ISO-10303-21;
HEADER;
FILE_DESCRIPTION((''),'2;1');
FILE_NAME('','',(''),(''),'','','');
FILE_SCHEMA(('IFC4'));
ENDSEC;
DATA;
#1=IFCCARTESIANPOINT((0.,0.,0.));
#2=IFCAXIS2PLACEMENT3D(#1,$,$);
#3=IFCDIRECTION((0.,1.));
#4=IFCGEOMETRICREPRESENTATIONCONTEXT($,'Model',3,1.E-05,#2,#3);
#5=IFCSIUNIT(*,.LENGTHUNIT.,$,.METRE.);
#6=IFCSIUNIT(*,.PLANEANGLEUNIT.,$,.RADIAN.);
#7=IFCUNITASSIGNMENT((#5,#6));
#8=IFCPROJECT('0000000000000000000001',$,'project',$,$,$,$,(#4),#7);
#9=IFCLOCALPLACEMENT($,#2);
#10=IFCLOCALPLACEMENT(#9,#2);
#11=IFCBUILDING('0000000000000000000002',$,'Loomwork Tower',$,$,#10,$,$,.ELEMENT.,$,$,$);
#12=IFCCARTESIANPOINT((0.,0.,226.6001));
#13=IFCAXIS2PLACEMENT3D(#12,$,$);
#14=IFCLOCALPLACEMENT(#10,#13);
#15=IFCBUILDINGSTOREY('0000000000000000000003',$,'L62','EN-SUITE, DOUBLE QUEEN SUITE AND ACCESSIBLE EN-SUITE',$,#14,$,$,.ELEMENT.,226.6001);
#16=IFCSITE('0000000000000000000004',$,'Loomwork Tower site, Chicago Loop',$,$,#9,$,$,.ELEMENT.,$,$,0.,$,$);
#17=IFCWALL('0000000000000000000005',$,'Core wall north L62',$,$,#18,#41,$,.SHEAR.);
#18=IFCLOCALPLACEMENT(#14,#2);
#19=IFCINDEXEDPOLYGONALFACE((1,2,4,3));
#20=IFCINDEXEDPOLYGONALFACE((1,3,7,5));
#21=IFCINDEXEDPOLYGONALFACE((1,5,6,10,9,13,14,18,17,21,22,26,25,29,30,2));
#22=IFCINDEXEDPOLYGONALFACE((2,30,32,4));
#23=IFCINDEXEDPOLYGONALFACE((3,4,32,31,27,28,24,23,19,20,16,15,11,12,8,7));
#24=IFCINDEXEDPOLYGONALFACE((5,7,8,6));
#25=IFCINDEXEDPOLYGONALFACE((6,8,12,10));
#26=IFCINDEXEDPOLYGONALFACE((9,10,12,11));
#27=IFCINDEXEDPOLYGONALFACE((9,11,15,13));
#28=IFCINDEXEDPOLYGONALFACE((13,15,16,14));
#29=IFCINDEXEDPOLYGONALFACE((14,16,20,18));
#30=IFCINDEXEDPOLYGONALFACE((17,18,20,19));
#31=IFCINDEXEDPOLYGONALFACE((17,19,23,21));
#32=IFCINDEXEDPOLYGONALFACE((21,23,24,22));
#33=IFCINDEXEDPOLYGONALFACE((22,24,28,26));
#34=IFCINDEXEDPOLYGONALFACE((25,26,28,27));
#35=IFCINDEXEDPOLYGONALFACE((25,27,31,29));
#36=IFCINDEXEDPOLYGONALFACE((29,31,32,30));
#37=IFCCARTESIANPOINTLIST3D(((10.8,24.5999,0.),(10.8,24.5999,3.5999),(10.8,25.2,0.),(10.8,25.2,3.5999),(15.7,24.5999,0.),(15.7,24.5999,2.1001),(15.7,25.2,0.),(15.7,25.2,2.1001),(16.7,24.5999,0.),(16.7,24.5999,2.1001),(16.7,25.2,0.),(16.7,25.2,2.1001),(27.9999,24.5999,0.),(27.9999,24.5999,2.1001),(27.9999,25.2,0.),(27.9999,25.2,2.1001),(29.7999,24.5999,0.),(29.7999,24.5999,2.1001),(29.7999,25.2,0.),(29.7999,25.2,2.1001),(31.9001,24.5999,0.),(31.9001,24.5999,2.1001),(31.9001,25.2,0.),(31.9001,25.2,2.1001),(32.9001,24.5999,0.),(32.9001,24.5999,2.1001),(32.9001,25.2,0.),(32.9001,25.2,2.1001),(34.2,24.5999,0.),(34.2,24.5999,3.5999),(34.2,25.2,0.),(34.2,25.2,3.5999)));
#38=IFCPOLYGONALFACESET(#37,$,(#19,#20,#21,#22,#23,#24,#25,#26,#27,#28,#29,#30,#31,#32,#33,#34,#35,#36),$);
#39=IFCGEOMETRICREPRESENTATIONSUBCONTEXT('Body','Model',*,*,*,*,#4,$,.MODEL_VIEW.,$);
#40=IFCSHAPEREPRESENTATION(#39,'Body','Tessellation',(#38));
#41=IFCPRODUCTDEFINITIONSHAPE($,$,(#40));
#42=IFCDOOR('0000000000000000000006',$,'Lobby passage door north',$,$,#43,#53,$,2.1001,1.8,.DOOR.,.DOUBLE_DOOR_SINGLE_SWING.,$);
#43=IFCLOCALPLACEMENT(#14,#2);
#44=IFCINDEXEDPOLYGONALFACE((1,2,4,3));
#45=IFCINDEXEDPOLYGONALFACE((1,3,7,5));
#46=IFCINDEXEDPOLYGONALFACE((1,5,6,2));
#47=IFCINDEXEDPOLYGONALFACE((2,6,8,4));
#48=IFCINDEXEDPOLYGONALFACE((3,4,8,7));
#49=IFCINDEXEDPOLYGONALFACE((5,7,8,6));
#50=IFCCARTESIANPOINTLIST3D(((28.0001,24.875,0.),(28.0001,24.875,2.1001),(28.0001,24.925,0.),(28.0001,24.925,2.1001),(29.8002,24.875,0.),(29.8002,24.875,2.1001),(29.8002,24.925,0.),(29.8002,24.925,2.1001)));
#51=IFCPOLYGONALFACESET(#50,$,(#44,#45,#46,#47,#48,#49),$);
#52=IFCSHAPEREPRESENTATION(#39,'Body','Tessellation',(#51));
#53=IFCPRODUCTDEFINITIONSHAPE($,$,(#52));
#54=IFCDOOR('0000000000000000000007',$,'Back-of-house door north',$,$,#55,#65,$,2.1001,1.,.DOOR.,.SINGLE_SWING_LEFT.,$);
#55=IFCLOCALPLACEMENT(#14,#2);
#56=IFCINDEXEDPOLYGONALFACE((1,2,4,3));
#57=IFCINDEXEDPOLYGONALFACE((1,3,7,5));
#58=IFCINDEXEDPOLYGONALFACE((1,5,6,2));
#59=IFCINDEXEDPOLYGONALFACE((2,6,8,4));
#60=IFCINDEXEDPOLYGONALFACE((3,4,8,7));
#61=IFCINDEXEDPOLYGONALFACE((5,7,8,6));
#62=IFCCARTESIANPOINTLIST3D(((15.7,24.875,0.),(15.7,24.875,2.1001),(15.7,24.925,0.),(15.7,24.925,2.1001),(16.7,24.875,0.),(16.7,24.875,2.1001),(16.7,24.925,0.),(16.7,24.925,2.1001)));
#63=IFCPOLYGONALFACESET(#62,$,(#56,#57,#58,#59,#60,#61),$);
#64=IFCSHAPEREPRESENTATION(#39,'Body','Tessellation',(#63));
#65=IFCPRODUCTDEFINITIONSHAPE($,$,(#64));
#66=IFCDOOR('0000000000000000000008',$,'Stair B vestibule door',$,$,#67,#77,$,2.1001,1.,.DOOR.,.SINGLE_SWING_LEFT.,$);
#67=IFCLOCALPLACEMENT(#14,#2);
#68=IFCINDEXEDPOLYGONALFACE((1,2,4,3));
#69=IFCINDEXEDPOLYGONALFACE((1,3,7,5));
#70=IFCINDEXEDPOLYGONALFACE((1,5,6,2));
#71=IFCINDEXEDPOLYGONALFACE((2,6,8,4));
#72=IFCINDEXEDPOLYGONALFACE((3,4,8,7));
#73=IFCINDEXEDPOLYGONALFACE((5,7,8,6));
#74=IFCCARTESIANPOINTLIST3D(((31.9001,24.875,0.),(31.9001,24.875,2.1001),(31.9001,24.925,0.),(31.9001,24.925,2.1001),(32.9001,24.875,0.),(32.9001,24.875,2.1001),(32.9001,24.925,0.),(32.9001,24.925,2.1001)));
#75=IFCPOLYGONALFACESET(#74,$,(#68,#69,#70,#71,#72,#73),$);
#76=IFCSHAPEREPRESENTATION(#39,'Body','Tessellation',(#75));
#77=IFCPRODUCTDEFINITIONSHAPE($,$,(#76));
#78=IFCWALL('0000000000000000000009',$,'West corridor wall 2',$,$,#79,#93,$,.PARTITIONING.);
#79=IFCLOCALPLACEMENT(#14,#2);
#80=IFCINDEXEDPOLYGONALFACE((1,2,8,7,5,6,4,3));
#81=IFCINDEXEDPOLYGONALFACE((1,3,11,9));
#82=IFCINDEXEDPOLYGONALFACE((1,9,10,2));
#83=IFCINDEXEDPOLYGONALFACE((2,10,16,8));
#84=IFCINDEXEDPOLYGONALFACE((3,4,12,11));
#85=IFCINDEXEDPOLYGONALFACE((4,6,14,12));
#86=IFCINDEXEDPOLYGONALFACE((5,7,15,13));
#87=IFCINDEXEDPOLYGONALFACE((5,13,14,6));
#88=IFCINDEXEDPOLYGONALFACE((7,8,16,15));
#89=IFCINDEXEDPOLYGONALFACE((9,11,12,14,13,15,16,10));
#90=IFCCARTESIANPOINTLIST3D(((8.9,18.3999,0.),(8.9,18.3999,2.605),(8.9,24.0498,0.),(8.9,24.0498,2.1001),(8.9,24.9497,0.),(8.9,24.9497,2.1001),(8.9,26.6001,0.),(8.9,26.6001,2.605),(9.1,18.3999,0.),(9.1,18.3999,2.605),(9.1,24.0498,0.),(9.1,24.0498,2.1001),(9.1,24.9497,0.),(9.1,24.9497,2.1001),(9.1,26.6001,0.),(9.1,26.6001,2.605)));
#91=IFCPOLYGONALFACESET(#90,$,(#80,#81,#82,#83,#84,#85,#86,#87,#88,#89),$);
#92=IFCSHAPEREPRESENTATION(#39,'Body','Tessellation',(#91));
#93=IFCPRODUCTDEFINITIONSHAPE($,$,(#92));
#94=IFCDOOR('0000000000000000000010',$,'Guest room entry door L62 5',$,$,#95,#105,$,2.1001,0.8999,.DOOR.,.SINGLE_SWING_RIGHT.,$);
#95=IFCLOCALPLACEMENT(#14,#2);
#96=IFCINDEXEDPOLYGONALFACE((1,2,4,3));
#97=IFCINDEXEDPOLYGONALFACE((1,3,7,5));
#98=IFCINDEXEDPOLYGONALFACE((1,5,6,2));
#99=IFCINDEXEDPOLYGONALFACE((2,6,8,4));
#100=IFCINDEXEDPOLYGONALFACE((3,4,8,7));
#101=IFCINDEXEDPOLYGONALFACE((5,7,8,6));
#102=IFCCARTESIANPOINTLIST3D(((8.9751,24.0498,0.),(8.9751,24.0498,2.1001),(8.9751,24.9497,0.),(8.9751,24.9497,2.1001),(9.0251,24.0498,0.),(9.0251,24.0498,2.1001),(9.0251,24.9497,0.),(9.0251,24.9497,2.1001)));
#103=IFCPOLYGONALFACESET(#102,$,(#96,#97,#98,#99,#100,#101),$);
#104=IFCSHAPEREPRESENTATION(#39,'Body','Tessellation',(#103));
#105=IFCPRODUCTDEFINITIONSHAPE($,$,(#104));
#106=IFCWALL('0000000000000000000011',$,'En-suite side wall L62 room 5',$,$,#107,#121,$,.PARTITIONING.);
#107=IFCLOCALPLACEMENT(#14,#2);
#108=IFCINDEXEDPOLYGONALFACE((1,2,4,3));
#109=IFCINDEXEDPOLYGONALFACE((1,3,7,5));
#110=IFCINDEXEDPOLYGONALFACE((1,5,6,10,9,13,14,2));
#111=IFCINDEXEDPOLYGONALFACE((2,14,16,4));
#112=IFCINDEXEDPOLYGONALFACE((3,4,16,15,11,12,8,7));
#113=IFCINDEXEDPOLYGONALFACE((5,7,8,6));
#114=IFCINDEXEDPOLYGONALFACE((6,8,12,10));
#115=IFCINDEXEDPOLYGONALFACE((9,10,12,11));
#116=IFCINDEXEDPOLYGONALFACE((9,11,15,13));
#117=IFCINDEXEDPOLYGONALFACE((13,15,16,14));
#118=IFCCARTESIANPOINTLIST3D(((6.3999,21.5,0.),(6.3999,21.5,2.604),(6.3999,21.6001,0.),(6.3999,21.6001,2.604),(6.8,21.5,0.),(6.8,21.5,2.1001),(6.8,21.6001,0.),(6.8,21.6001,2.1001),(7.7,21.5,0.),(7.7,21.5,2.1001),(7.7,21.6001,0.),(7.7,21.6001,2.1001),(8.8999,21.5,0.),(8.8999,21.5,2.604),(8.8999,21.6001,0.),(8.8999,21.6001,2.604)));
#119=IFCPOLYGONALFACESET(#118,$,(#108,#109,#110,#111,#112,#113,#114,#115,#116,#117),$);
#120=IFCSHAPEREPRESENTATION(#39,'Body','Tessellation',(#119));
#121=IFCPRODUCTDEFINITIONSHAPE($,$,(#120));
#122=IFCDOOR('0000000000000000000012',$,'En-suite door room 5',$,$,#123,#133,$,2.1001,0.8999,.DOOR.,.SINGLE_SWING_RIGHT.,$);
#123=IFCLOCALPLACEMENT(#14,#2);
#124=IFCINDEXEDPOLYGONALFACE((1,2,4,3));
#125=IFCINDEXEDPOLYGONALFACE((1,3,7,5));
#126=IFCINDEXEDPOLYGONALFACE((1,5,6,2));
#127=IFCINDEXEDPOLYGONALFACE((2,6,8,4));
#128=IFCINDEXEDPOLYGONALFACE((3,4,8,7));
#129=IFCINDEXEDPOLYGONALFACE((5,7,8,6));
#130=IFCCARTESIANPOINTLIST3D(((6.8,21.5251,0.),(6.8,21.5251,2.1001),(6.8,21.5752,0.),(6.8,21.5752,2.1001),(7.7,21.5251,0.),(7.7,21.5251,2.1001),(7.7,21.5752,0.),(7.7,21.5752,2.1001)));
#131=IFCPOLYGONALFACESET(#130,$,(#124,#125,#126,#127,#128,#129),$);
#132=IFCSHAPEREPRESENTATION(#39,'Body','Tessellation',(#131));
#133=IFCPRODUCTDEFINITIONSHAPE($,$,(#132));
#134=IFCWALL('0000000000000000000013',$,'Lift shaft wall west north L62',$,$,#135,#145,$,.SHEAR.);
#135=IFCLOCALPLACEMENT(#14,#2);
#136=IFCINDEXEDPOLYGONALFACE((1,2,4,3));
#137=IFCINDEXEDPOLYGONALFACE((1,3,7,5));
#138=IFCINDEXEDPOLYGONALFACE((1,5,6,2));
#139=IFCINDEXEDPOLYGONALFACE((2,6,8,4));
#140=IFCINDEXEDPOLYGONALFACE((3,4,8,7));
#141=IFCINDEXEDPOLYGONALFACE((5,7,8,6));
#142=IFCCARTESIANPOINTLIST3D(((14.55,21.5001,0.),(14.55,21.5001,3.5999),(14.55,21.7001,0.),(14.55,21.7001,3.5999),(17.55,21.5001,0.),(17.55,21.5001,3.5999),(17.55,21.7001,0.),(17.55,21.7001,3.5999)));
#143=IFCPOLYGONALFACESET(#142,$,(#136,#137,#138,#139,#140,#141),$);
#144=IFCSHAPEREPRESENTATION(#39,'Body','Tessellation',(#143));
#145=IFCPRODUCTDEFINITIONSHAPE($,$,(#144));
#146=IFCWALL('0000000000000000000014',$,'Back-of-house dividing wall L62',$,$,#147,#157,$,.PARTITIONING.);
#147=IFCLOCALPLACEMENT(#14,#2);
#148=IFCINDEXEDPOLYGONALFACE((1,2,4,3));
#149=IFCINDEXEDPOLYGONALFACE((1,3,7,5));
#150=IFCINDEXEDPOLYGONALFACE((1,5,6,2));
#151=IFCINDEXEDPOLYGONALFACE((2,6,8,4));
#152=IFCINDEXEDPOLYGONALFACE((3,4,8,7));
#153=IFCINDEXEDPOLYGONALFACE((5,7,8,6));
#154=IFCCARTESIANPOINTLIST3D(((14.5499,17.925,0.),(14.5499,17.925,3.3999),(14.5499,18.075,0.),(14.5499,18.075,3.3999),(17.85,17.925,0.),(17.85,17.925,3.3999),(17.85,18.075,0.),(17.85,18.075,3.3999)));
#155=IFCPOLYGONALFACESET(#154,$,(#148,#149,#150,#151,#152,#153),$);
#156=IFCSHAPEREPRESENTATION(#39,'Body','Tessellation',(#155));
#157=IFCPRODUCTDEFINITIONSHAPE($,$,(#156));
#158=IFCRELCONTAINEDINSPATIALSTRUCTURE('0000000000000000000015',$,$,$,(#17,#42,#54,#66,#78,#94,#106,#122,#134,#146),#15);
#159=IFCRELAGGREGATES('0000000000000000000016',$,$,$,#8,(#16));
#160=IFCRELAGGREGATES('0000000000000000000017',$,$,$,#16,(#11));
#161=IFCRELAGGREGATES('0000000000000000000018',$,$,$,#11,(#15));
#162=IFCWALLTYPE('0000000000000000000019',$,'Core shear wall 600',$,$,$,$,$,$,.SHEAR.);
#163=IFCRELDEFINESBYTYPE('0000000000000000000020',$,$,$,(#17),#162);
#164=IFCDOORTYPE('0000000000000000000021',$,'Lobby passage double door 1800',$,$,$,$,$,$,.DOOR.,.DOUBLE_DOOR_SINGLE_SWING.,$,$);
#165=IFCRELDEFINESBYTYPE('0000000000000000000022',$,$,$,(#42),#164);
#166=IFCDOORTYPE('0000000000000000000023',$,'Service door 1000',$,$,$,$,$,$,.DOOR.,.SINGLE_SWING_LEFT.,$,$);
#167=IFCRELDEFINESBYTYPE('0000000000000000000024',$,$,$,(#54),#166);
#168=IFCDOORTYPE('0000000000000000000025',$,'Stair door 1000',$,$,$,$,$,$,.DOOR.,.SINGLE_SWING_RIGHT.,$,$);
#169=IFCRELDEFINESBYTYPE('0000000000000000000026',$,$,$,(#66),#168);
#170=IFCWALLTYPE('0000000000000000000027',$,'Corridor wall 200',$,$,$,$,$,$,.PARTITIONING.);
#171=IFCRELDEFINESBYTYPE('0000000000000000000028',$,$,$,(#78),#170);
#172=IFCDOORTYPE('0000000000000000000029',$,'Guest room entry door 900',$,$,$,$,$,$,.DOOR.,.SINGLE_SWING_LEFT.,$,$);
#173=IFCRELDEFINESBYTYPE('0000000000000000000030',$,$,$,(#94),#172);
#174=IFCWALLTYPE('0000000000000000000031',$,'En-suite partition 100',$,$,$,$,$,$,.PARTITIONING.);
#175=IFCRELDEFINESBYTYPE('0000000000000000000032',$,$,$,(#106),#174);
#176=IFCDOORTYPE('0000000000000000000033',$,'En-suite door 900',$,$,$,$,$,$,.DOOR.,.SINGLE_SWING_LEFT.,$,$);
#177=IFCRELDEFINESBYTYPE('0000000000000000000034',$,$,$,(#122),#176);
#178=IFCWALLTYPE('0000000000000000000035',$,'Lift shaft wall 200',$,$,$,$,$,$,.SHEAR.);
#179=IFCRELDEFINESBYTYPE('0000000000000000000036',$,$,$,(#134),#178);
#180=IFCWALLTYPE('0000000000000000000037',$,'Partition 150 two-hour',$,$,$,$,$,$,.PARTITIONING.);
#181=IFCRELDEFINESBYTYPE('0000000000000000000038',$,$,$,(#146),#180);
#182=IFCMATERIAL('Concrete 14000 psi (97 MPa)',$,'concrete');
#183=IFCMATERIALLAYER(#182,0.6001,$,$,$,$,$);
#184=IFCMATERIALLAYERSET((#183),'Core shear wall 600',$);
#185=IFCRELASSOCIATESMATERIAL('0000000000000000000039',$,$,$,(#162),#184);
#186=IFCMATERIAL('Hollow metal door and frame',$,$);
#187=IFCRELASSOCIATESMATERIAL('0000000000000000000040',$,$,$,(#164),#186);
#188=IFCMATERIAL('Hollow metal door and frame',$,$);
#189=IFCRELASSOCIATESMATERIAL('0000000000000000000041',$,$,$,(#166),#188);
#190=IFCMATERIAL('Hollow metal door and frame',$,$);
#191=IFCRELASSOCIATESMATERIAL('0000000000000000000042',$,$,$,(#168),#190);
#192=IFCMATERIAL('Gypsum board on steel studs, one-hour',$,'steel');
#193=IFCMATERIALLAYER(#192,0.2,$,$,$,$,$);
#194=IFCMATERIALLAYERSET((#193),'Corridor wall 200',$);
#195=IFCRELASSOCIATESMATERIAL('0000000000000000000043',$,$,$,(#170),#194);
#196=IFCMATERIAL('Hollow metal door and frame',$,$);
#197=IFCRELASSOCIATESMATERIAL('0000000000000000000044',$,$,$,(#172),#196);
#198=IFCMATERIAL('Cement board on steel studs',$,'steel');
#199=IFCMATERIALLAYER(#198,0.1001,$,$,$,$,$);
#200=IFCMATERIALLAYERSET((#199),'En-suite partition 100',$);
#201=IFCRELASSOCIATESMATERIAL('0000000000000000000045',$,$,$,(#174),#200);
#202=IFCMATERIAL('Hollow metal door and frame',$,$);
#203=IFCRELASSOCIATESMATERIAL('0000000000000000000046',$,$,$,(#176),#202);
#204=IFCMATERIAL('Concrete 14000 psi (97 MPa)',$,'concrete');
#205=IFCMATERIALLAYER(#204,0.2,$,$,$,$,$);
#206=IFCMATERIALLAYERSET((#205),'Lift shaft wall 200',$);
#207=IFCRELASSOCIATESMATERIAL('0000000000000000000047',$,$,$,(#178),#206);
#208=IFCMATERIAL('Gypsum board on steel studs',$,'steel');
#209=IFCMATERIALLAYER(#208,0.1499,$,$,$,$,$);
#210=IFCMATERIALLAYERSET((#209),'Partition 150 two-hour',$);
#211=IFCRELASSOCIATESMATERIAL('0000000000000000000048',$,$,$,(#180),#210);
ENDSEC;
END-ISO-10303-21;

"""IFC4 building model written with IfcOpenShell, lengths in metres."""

from ifc_helpers import new_model, si_unit, direction, frame, frame_2d, origin, place, context, subcontext, project, spatial, rectangle, extrude, material, layer, layer_set, type_object, element, fill, save


model = new_model("IFC4")

# Units and contexts
model_context = context("Model", 3, precision=1e-05, world=origin(), true_north=direction((0.0, 1.0)))
body_context = subcontext(model_context, "Body", "Model", "MODEL_VIEW")
ifc_project = project(units=[si_unit("LENGTHUNIT", "METRE"), si_unit("PLANEANGLEUNIT", "RADIAN")], contexts=[model_context])

# Site, building, storey
site_placement = place(None, origin())
site = spatial("IfcSite", under=ifc_project, at=site_placement, Name="Loomwork Tower site, Chicago Loop", CompositionType="ELEMENT", RefElevation=0.0)
building_placement = place(site_placement, origin())
building = spatial("IfcBuilding", under=site, at=building_placement, Name="Loomwork Tower", CompositionType="ELEMENT")
storey_placement = place(building_placement, frame((0.0, 0.0, 226.6001)))
storey = spatial("IfcBuildingStorey", under=building, at=storey_placement, Name="L62", Description="EN-SUITE, DOUBLE QUEEN SUITE AND ACCESSIBLE EN-SUITE", CompositionType="ELEMENT", Elevation=226.6001)

# Wall, openings, doors
ifc_material_1 = material(Name="Concrete 14000 psi (97 MPa)", Category="concrete")
ifc_layer_1 = layer(ifc_material_1, 0.6001)
ifc_layer_set_1 = layer_set([ifc_layer_1], Name="Core shear wall 600")
wall_type_1 = type_object("IfcWallType", Name="Core shear wall 600", PredefinedType="SHEAR", material=ifc_layer_set_1)
wall_1_placement = place(storey_placement, frame((10.8, 24.8999, 0.0), z_axis=(0.0, 0.0, 1.0), x_axis=(1.0, 0.0, 0.0)))
wall_1 = element("IfcWall", 1, at=wall_1_placement, inside=storey, type_object=wall_type_1, Name="Core wall north L62", PredefinedType="SHEAR", context=body_context, shape_type="SweptSolid", body=[
    extrude(rectangle(XDim=23.3999, YDim=0.6001, at=frame_2d((11.7, 0.0))), origin(), (0.0, 0.0, 1.0), 3.5999),
])
opening_1_placement = place(wall_1_placement, frame((17.2, 0.0, 0.0)))
opening_1 = element("IfcOpeningElement", 2, at=opening_1_placement, cuts=wall_1, PredefinedType="OPENING", context=body_context, shape_type="SweptSolid", body=[
    extrude(rectangle(XDim=1.8, YDim=2.1001, at=frame_2d((0.8999, 1.05))), frame((0.0, 0.3101, 0.0), z_axis=(0.0, -1.0, 0.0), x_axis=(1.0, 0.0, 0.0)), (0.0, 0.0, 1.0), 0.6201),
])
opening_2_placement = place(wall_1_placement, frame((21.1001, 0.0, 0.0)))
opening_2 = element("IfcOpeningElement", 3, at=opening_2_placement, cuts=wall_1, PredefinedType="OPENING", context=body_context, shape_type="SweptSolid", body=[
    extrude(rectangle(XDim=1.0, YDim=2.1001, at=frame_2d((0.5, 1.05))), frame((0.0, 0.3101, 0.0), z_axis=(0.0, -1.0, 0.0), x_axis=(1.0, 0.0, 0.0)), (0.0, 0.0, 1.0), 0.6201),
])
opening_3_placement = place(wall_1_placement, frame((4.8999, 0.0, 0.0)))
opening_3 = element("IfcOpeningElement", 4, at=opening_3_placement, cuts=wall_1, PredefinedType="OPENING", context=body_context, shape_type="SweptSolid", body=[
    extrude(rectangle(XDim=1.0, YDim=2.1001, at=frame_2d((0.5, 1.05))), frame((0.0, 0.3101, 0.0), z_axis=(0.0, -1.0, 0.0), x_axis=(1.0, 0.0, 0.0)), (0.0, 0.0, 1.0), 0.6201),
])
ifc_material_2 = material(Name="Hollow metal door and frame")
door_type_1 = type_object("IfcDoorType", Name="Lobby passage double door 1800", OperationType="DOUBLE_DOOR_SINGLE_SWING", PredefinedType="DOOR", material=ifc_material_2)
door_1_placement = place(opening_1_placement, frame((1.8, 0.0, 0.0), z_axis=(0.0, 0.0, 1.0), x_axis=(-1.0, 0.0, 0.0)))
door_1 = element("IfcDoor", 5, at=door_1_placement, inside=storey, type_object=door_type_1, Name="Lobby passage door north", OperationType="DOUBLE_DOOR_SINGLE_SWING", OverallHeight=2.1001, OverallWidth=1.8, PredefinedType="DOOR", context=body_context, shape_type="SweptSolid", body=[
    extrude(rectangle(XDim=1.8, YDim=2.1001, at=frame_2d((0.8999, 1.05))), frame((0.0, 0.0249, 0.0), z_axis=(0.0, -1.0, 0.0), x_axis=(1.0, 0.0, 0.0)), (0.0, 0.0, 1.0), 0.05),
])
fill(opening_1, door_1)
ifc_material_3 = material(Name="Hollow metal door and frame")
door_type_2 = type_object("IfcDoorType", Name="Service door 1000", OperationType="SINGLE_SWING_LEFT", PredefinedType="DOOR", material=ifc_material_3)
door_2_placement = place(opening_3_placement, frame((1.0, 0.0, 0.0), z_axis=(0.0, 0.0, 1.0), x_axis=(-1.0, 0.0, 0.0)))
door_2 = element("IfcDoor", 6, at=door_2_placement, inside=storey, type_object=door_type_2, Name="Back-of-house door north", OperationType="SINGLE_SWING_LEFT", OverallHeight=2.1001, OverallWidth=1.0, PredefinedType="DOOR", context=body_context, shape_type="SweptSolid", body=[
    extrude(rectangle(XDim=1.0, YDim=2.1001, at=frame_2d((0.5, 1.05))), frame((0.0, 0.0249, 0.0), z_axis=(0.0, -1.0, 0.0), x_axis=(1.0, 0.0, 0.0)), (0.0, 0.0, 1.0), 0.05),
])
fill(opening_3, door_2)
ifc_material_4 = material(Name="Hollow metal door and frame")
door_type_3 = type_object("IfcDoorType", Name="Stair door 1000", OperationType="SINGLE_SWING_RIGHT", PredefinedType="DOOR", material=ifc_material_4)
door_3_placement = place(opening_2_placement, frame((1.0, 0.0, 0.0), z_axis=(0.0, 0.0, 1.0), x_axis=(-1.0, 0.0, 0.0)))
door_3 = element("IfcDoor", 7, at=door_3_placement, inside=storey, type_object=door_type_3, Name="Stair B vestibule door", OperationType="SINGLE_SWING_LEFT", OverallHeight=2.1001, OverallWidth=1.0, PredefinedType="DOOR", context=body_context, shape_type="SweptSolid", body=[
    extrude(rectangle(XDim=1.0, YDim=2.1001, at=frame_2d((0.5, 1.05))), frame((0.0, 0.0249, 0.0), z_axis=(0.0, -1.0, 0.0), x_axis=(1.0, 0.0, 0.0)), (0.0, 0.0, 1.0), 0.05),
])
fill(opening_2, door_3)

# Walls, openings, doors
ifc_material_5 = material(Name="Gypsum board on steel studs, one-hour", Category="steel")
ifc_layer_2 = layer(ifc_material_5, 0.2)
ifc_layer_set_2 = layer_set([ifc_layer_2], Name="Corridor wall 200")
wall_type_2 = type_object("IfcWallType", Name="Corridor wall 200", PredefinedType="PARTITIONING", material=ifc_layer_set_2)
wall_2_placement = place(storey_placement, frame((9.0, 18.3999, 0.0), z_axis=(0.0, 0.0, 1.0), x_axis=(0.0, 1.0, 0.0)))
wall_2 = element("IfcWall", 8, at=wall_2_placement, inside=storey, type_object=wall_type_2, Name="West corridor wall 2", PredefinedType="PARTITIONING", context=body_context, shape_type="SweptSolid", body=[
    extrude(rectangle(XDim=8.2002, YDim=0.2, at=frame_2d((4.1001, 0.0))), origin(), (0.0, 0.0, 1.0), 2.605),
])
opening_4_placement = place(wall_2_placement, frame((5.6499, 0.0, 0.0)))
opening_4 = element("IfcOpeningElement", 9, at=opening_4_placement, cuts=wall_2, PredefinedType="OPENING", context=body_context, shape_type="SweptSolid", body=[
    extrude(rectangle(XDim=0.8999, YDim=2.1001, at=frame_2d((0.45, 1.05))), frame((0.0, 0.1099, 0.0), z_axis=(0.0, -1.0, 0.0), x_axis=(1.0, 0.0, 0.0)), (0.0, 0.0, 1.0), 0.22),
])
ifc_material_6 = material(Name="Hollow metal door and frame")
door_type_4 = type_object("IfcDoorType", Name="Guest room entry door 900", OperationType="SINGLE_SWING_LEFT", PredefinedType="DOOR", material=ifc_material_6)
door_4_placement = place(opening_4_placement, origin())
door_4 = element("IfcDoor", 10, at=door_4_placement, inside=storey, type_object=door_type_4, Name="Guest room entry door L62 5", OperationType="SINGLE_SWING_RIGHT", OverallHeight=2.1001, OverallWidth=0.8999, PredefinedType="DOOR", context=body_context, shape_type="SweptSolid", body=[
    extrude(rectangle(XDim=0.8999, YDim=2.1001, at=frame_2d((0.45, 1.05))), frame((0.0, 0.0249, 0.0), z_axis=(0.0, -1.0, 0.0), x_axis=(1.0, 0.0, 0.0)), (0.0, 0.0, 1.0), 0.05),
])
fill(opening_4, door_4)
ifc_material_7 = material(Name="Cement board on steel studs", Category="steel")
ifc_layer_3 = layer(ifc_material_7, 0.1001)
ifc_layer_set_3 = layer_set([ifc_layer_3], Name="En-suite partition 100")
wall_type_3 = type_object("IfcWallType", Name="En-suite partition 100", PredefinedType="PARTITIONING", material=ifc_layer_set_3)
wall_3_placement = place(storey_placement, frame((8.8999, 21.55, 0.0), z_axis=(0.0, 0.0, 1.0), x_axis=(-1.0, 0.0, 0.0)))
wall_3 = element("IfcWall", 11, at=wall_3_placement, inside=storey, type_object=wall_type_3, Name="En-suite side wall L62 room 5", PredefinedType="PARTITIONING", context=body_context, shape_type="SweptSolid", body=[
    extrude(rectangle(XDim=2.5, YDim=0.1001, at=frame_2d((1.25, 0.0))), origin(), (0.0, 0.0, 1.0), 2.604),
])
opening_5_placement = place(wall_3_placement, frame((1.2, 0.0, 0.0)))
opening_5 = element("IfcOpeningElement", 12, at=opening_5_placement, cuts=wall_3, PredefinedType="OPENING", context=body_context, shape_type="SweptSolid", body=[
    extrude(rectangle(XDim=0.8999, YDim=2.1001, at=frame_2d((0.45, 1.05))), frame((0.0, 0.0601, 0.0), z_axis=(0.0, -1.0, 0.0), x_axis=(1.0, 0.0, 0.0)), (0.0, 0.0, 1.0), 0.1201),
])
ifc_material_8 = material(Name="Hollow metal door and frame")
door_type_5 = type_object("IfcDoorType", Name="En-suite door 900", OperationType="SINGLE_SWING_LEFT", PredefinedType="DOOR", material=ifc_material_8)
door_5_placement = place(opening_5_placement, origin())
door_5 = element("IfcDoor", 13, at=door_5_placement, inside=storey, type_object=door_type_5, Name="En-suite door room 5", OperationType="SINGLE_SWING_RIGHT", OverallHeight=2.1001, OverallWidth=0.8999, PredefinedType="DOOR", context=body_context, shape_type="SweptSolid", body=[
    extrude(rectangle(XDim=0.8999, YDim=2.1001, at=frame_2d((0.45, 1.05))), frame((0.0, 0.0249, 0.0), z_axis=(0.0, -1.0, 0.0), x_axis=(1.0, 0.0, 0.0)), (0.0, 0.0, 1.0), 0.05),
])
fill(opening_5, door_5)

# Walls
ifc_material_9 = material(Name="Concrete 14000 psi (97 MPa)", Category="concrete")
ifc_layer_4 = layer(ifc_material_9, 0.2)
ifc_layer_set_4 = layer_set([ifc_layer_4], Name="Lift shaft wall 200")
wall_type_4 = type_object("IfcWallType", Name="Lift shaft wall 200", PredefinedType="SHEAR", material=ifc_layer_set_4)
wall_4_placement = place(storey_placement, frame((14.55, 21.6001, 0.0), z_axis=(0.0, 0.0, 1.0), x_axis=(1.0, 0.0, 0.0)))
element("IfcWall", 14, at=wall_4_placement, inside=storey, type_object=wall_type_4, Name="Lift shaft wall west north L62", PredefinedType="SHEAR", context=body_context, shape_type="SweptSolid", body=[
    extrude(rectangle(XDim=3.0, YDim=0.2, at=frame_2d((1.5, 0.0))), origin(), (0.0, 0.0, 1.0), 3.5999),
])
ifc_material_10 = material(Name="Gypsum board on steel studs", Category="steel")
ifc_layer_5 = layer(ifc_material_10, 0.1499)
ifc_layer_set_5 = layer_set([ifc_layer_5], Name="Partition 150 two-hour")
wall_type_5 = type_object("IfcWallType", Name="Partition 150 two-hour", PredefinedType="PARTITIONING", material=ifc_layer_set_5)
wall_5_placement = place(storey_placement, frame((14.55, 18.0, 0.0), z_axis=(0.0, 0.0, 1.0), x_axis=(1.0, 0.0, 0.0)))
element("IfcWall", 15, at=wall_5_placement, inside=storey, type_object=wall_type_5, Name="Back-of-house dividing wall L62", PredefinedType="PARTITIONING", context=body_context, shape_type="SweptSolid", body=[
    extrude(rectangle(XDim=3.3, YDim=0.1499, at=frame_2d((1.6499, 0.0))), origin(), (0.0, 0.0, 1.0), 3.3999),
])

save(model, "model.ifc")
